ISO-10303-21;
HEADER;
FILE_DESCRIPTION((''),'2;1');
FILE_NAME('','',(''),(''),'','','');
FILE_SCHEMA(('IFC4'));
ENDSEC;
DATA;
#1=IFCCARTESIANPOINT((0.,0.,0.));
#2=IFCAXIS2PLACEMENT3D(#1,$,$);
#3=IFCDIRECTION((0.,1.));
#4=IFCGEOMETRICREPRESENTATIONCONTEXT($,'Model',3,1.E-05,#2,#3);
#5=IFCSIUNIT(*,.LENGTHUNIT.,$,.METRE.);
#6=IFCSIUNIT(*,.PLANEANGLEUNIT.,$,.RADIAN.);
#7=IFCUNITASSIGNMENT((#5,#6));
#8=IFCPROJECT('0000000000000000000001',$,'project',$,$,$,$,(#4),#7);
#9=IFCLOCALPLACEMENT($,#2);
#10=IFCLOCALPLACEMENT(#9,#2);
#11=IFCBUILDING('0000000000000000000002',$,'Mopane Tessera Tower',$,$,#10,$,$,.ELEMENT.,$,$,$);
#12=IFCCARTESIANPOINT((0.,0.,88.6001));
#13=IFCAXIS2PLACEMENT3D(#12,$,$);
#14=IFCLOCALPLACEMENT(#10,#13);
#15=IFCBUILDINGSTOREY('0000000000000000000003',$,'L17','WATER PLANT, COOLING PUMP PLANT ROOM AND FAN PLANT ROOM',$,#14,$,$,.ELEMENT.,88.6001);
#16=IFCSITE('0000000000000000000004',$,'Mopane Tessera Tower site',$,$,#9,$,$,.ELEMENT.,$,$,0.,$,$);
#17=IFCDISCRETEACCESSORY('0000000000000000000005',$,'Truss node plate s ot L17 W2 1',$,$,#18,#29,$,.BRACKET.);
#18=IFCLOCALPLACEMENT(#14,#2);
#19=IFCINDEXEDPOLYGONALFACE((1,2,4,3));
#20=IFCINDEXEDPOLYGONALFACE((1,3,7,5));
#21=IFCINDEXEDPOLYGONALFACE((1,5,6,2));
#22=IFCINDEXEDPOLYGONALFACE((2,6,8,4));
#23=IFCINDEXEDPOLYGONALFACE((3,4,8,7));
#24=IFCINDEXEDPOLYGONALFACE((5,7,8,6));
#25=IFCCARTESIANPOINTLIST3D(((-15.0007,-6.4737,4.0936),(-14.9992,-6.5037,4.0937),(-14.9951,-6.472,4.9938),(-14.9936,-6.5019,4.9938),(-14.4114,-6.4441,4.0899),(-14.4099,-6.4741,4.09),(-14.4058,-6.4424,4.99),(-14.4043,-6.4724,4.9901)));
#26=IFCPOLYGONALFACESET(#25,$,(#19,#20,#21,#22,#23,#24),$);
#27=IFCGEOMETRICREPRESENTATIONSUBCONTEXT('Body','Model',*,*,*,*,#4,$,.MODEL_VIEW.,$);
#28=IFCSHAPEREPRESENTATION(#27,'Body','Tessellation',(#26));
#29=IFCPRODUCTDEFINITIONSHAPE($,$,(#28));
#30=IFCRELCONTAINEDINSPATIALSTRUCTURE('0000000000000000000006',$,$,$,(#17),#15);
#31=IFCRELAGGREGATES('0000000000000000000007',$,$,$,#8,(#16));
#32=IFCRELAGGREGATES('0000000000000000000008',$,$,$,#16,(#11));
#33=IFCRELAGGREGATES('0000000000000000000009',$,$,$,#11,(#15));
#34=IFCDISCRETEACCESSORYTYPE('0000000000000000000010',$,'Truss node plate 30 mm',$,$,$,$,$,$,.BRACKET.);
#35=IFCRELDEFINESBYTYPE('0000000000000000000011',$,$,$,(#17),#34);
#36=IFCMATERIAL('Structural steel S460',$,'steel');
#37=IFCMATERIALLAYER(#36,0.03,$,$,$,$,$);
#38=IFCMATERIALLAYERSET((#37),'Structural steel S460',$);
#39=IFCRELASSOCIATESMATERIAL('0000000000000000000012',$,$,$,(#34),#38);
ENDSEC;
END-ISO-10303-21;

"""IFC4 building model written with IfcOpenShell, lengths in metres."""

from ifc_helpers import new_model, si_unit, direction, frame, origin, origin_2d, place, context, subcontext, project, spatial, rectangle, extrude, material, layer, layer_set, type_object, element, save


model = new_model("IFC4")

# Units and contexts
model_context = context("Model", 3, precision=1e-05, world=origin(), true_north=direction((0.0, 1.0)))
body_context = subcontext(model_context, "Body", "Model", "MODEL_VIEW")
ifc_project = project(units=[si_unit("LENGTHUNIT", "METRE"), si_unit("PLANEANGLEUNIT", "RADIAN")], contexts=[model_context])

# Site, building, storey
site_placement = place(None, origin())
site = spatial("IfcSite", under=ifc_project, at=site_placement, Name="Mopane Tessera Tower site", CompositionType="ELEMENT", RefElevation=0.0)
building_placement = place(site_placement, origin())
building = spatial("IfcBuilding", under=site, at=building_placement, Name="Mopane Tessera Tower", CompositionType="ELEMENT")
storey_placement = place(building_placement, frame((0.0, 0.0, 88.6001)))
storey = spatial("IfcBuildingStorey", under=building, at=storey_placement, Name="L17", Description="WATER PLANT, COOLING PUMP PLANT ROOM AND FAN PLANT ROOM", CompositionType="ELEMENT", Elevation=88.6001)

# Discrete accessory
ifc_material_1 = material(Name="Structural steel S460", Category="steel")
ifc_layer_1 = layer(ifc_material_1, 0.03)
ifc_layer_set_1 = layer_set([ifc_layer_1], Name="Structural steel S460")
discrete_accessory_type_1 = type_object("IfcDiscreteAccessoryType", Name="Truss node plate 30 mm", PredefinedType="BRACKET", material=ifc_layer_set_1)
discrete_accessory_1_placement = place(storey_placement, frame((-14.7053, -6.4739, 4.0918), z_axis=(0.006238, 0.001899, 0.999979), x_axis=(0.050109, -0.998743, 0.001584)))
element("IfcDiscreteAccessory", 1, at=discrete_accessory_1_placement, inside=storey, type_object=discrete_accessory_type_1, Name="Truss node plate s ot L17 W2 1", PredefinedType="BRACKET", context=body_context, shape_type="SweptSolid", body=[
    extrude(rectangle(XDim=0.03, YDim=0.5901, at=origin_2d()), origin(), (0.0, 0.0, 1.0), 0.9001),
])

save(model, "model.ifc")
